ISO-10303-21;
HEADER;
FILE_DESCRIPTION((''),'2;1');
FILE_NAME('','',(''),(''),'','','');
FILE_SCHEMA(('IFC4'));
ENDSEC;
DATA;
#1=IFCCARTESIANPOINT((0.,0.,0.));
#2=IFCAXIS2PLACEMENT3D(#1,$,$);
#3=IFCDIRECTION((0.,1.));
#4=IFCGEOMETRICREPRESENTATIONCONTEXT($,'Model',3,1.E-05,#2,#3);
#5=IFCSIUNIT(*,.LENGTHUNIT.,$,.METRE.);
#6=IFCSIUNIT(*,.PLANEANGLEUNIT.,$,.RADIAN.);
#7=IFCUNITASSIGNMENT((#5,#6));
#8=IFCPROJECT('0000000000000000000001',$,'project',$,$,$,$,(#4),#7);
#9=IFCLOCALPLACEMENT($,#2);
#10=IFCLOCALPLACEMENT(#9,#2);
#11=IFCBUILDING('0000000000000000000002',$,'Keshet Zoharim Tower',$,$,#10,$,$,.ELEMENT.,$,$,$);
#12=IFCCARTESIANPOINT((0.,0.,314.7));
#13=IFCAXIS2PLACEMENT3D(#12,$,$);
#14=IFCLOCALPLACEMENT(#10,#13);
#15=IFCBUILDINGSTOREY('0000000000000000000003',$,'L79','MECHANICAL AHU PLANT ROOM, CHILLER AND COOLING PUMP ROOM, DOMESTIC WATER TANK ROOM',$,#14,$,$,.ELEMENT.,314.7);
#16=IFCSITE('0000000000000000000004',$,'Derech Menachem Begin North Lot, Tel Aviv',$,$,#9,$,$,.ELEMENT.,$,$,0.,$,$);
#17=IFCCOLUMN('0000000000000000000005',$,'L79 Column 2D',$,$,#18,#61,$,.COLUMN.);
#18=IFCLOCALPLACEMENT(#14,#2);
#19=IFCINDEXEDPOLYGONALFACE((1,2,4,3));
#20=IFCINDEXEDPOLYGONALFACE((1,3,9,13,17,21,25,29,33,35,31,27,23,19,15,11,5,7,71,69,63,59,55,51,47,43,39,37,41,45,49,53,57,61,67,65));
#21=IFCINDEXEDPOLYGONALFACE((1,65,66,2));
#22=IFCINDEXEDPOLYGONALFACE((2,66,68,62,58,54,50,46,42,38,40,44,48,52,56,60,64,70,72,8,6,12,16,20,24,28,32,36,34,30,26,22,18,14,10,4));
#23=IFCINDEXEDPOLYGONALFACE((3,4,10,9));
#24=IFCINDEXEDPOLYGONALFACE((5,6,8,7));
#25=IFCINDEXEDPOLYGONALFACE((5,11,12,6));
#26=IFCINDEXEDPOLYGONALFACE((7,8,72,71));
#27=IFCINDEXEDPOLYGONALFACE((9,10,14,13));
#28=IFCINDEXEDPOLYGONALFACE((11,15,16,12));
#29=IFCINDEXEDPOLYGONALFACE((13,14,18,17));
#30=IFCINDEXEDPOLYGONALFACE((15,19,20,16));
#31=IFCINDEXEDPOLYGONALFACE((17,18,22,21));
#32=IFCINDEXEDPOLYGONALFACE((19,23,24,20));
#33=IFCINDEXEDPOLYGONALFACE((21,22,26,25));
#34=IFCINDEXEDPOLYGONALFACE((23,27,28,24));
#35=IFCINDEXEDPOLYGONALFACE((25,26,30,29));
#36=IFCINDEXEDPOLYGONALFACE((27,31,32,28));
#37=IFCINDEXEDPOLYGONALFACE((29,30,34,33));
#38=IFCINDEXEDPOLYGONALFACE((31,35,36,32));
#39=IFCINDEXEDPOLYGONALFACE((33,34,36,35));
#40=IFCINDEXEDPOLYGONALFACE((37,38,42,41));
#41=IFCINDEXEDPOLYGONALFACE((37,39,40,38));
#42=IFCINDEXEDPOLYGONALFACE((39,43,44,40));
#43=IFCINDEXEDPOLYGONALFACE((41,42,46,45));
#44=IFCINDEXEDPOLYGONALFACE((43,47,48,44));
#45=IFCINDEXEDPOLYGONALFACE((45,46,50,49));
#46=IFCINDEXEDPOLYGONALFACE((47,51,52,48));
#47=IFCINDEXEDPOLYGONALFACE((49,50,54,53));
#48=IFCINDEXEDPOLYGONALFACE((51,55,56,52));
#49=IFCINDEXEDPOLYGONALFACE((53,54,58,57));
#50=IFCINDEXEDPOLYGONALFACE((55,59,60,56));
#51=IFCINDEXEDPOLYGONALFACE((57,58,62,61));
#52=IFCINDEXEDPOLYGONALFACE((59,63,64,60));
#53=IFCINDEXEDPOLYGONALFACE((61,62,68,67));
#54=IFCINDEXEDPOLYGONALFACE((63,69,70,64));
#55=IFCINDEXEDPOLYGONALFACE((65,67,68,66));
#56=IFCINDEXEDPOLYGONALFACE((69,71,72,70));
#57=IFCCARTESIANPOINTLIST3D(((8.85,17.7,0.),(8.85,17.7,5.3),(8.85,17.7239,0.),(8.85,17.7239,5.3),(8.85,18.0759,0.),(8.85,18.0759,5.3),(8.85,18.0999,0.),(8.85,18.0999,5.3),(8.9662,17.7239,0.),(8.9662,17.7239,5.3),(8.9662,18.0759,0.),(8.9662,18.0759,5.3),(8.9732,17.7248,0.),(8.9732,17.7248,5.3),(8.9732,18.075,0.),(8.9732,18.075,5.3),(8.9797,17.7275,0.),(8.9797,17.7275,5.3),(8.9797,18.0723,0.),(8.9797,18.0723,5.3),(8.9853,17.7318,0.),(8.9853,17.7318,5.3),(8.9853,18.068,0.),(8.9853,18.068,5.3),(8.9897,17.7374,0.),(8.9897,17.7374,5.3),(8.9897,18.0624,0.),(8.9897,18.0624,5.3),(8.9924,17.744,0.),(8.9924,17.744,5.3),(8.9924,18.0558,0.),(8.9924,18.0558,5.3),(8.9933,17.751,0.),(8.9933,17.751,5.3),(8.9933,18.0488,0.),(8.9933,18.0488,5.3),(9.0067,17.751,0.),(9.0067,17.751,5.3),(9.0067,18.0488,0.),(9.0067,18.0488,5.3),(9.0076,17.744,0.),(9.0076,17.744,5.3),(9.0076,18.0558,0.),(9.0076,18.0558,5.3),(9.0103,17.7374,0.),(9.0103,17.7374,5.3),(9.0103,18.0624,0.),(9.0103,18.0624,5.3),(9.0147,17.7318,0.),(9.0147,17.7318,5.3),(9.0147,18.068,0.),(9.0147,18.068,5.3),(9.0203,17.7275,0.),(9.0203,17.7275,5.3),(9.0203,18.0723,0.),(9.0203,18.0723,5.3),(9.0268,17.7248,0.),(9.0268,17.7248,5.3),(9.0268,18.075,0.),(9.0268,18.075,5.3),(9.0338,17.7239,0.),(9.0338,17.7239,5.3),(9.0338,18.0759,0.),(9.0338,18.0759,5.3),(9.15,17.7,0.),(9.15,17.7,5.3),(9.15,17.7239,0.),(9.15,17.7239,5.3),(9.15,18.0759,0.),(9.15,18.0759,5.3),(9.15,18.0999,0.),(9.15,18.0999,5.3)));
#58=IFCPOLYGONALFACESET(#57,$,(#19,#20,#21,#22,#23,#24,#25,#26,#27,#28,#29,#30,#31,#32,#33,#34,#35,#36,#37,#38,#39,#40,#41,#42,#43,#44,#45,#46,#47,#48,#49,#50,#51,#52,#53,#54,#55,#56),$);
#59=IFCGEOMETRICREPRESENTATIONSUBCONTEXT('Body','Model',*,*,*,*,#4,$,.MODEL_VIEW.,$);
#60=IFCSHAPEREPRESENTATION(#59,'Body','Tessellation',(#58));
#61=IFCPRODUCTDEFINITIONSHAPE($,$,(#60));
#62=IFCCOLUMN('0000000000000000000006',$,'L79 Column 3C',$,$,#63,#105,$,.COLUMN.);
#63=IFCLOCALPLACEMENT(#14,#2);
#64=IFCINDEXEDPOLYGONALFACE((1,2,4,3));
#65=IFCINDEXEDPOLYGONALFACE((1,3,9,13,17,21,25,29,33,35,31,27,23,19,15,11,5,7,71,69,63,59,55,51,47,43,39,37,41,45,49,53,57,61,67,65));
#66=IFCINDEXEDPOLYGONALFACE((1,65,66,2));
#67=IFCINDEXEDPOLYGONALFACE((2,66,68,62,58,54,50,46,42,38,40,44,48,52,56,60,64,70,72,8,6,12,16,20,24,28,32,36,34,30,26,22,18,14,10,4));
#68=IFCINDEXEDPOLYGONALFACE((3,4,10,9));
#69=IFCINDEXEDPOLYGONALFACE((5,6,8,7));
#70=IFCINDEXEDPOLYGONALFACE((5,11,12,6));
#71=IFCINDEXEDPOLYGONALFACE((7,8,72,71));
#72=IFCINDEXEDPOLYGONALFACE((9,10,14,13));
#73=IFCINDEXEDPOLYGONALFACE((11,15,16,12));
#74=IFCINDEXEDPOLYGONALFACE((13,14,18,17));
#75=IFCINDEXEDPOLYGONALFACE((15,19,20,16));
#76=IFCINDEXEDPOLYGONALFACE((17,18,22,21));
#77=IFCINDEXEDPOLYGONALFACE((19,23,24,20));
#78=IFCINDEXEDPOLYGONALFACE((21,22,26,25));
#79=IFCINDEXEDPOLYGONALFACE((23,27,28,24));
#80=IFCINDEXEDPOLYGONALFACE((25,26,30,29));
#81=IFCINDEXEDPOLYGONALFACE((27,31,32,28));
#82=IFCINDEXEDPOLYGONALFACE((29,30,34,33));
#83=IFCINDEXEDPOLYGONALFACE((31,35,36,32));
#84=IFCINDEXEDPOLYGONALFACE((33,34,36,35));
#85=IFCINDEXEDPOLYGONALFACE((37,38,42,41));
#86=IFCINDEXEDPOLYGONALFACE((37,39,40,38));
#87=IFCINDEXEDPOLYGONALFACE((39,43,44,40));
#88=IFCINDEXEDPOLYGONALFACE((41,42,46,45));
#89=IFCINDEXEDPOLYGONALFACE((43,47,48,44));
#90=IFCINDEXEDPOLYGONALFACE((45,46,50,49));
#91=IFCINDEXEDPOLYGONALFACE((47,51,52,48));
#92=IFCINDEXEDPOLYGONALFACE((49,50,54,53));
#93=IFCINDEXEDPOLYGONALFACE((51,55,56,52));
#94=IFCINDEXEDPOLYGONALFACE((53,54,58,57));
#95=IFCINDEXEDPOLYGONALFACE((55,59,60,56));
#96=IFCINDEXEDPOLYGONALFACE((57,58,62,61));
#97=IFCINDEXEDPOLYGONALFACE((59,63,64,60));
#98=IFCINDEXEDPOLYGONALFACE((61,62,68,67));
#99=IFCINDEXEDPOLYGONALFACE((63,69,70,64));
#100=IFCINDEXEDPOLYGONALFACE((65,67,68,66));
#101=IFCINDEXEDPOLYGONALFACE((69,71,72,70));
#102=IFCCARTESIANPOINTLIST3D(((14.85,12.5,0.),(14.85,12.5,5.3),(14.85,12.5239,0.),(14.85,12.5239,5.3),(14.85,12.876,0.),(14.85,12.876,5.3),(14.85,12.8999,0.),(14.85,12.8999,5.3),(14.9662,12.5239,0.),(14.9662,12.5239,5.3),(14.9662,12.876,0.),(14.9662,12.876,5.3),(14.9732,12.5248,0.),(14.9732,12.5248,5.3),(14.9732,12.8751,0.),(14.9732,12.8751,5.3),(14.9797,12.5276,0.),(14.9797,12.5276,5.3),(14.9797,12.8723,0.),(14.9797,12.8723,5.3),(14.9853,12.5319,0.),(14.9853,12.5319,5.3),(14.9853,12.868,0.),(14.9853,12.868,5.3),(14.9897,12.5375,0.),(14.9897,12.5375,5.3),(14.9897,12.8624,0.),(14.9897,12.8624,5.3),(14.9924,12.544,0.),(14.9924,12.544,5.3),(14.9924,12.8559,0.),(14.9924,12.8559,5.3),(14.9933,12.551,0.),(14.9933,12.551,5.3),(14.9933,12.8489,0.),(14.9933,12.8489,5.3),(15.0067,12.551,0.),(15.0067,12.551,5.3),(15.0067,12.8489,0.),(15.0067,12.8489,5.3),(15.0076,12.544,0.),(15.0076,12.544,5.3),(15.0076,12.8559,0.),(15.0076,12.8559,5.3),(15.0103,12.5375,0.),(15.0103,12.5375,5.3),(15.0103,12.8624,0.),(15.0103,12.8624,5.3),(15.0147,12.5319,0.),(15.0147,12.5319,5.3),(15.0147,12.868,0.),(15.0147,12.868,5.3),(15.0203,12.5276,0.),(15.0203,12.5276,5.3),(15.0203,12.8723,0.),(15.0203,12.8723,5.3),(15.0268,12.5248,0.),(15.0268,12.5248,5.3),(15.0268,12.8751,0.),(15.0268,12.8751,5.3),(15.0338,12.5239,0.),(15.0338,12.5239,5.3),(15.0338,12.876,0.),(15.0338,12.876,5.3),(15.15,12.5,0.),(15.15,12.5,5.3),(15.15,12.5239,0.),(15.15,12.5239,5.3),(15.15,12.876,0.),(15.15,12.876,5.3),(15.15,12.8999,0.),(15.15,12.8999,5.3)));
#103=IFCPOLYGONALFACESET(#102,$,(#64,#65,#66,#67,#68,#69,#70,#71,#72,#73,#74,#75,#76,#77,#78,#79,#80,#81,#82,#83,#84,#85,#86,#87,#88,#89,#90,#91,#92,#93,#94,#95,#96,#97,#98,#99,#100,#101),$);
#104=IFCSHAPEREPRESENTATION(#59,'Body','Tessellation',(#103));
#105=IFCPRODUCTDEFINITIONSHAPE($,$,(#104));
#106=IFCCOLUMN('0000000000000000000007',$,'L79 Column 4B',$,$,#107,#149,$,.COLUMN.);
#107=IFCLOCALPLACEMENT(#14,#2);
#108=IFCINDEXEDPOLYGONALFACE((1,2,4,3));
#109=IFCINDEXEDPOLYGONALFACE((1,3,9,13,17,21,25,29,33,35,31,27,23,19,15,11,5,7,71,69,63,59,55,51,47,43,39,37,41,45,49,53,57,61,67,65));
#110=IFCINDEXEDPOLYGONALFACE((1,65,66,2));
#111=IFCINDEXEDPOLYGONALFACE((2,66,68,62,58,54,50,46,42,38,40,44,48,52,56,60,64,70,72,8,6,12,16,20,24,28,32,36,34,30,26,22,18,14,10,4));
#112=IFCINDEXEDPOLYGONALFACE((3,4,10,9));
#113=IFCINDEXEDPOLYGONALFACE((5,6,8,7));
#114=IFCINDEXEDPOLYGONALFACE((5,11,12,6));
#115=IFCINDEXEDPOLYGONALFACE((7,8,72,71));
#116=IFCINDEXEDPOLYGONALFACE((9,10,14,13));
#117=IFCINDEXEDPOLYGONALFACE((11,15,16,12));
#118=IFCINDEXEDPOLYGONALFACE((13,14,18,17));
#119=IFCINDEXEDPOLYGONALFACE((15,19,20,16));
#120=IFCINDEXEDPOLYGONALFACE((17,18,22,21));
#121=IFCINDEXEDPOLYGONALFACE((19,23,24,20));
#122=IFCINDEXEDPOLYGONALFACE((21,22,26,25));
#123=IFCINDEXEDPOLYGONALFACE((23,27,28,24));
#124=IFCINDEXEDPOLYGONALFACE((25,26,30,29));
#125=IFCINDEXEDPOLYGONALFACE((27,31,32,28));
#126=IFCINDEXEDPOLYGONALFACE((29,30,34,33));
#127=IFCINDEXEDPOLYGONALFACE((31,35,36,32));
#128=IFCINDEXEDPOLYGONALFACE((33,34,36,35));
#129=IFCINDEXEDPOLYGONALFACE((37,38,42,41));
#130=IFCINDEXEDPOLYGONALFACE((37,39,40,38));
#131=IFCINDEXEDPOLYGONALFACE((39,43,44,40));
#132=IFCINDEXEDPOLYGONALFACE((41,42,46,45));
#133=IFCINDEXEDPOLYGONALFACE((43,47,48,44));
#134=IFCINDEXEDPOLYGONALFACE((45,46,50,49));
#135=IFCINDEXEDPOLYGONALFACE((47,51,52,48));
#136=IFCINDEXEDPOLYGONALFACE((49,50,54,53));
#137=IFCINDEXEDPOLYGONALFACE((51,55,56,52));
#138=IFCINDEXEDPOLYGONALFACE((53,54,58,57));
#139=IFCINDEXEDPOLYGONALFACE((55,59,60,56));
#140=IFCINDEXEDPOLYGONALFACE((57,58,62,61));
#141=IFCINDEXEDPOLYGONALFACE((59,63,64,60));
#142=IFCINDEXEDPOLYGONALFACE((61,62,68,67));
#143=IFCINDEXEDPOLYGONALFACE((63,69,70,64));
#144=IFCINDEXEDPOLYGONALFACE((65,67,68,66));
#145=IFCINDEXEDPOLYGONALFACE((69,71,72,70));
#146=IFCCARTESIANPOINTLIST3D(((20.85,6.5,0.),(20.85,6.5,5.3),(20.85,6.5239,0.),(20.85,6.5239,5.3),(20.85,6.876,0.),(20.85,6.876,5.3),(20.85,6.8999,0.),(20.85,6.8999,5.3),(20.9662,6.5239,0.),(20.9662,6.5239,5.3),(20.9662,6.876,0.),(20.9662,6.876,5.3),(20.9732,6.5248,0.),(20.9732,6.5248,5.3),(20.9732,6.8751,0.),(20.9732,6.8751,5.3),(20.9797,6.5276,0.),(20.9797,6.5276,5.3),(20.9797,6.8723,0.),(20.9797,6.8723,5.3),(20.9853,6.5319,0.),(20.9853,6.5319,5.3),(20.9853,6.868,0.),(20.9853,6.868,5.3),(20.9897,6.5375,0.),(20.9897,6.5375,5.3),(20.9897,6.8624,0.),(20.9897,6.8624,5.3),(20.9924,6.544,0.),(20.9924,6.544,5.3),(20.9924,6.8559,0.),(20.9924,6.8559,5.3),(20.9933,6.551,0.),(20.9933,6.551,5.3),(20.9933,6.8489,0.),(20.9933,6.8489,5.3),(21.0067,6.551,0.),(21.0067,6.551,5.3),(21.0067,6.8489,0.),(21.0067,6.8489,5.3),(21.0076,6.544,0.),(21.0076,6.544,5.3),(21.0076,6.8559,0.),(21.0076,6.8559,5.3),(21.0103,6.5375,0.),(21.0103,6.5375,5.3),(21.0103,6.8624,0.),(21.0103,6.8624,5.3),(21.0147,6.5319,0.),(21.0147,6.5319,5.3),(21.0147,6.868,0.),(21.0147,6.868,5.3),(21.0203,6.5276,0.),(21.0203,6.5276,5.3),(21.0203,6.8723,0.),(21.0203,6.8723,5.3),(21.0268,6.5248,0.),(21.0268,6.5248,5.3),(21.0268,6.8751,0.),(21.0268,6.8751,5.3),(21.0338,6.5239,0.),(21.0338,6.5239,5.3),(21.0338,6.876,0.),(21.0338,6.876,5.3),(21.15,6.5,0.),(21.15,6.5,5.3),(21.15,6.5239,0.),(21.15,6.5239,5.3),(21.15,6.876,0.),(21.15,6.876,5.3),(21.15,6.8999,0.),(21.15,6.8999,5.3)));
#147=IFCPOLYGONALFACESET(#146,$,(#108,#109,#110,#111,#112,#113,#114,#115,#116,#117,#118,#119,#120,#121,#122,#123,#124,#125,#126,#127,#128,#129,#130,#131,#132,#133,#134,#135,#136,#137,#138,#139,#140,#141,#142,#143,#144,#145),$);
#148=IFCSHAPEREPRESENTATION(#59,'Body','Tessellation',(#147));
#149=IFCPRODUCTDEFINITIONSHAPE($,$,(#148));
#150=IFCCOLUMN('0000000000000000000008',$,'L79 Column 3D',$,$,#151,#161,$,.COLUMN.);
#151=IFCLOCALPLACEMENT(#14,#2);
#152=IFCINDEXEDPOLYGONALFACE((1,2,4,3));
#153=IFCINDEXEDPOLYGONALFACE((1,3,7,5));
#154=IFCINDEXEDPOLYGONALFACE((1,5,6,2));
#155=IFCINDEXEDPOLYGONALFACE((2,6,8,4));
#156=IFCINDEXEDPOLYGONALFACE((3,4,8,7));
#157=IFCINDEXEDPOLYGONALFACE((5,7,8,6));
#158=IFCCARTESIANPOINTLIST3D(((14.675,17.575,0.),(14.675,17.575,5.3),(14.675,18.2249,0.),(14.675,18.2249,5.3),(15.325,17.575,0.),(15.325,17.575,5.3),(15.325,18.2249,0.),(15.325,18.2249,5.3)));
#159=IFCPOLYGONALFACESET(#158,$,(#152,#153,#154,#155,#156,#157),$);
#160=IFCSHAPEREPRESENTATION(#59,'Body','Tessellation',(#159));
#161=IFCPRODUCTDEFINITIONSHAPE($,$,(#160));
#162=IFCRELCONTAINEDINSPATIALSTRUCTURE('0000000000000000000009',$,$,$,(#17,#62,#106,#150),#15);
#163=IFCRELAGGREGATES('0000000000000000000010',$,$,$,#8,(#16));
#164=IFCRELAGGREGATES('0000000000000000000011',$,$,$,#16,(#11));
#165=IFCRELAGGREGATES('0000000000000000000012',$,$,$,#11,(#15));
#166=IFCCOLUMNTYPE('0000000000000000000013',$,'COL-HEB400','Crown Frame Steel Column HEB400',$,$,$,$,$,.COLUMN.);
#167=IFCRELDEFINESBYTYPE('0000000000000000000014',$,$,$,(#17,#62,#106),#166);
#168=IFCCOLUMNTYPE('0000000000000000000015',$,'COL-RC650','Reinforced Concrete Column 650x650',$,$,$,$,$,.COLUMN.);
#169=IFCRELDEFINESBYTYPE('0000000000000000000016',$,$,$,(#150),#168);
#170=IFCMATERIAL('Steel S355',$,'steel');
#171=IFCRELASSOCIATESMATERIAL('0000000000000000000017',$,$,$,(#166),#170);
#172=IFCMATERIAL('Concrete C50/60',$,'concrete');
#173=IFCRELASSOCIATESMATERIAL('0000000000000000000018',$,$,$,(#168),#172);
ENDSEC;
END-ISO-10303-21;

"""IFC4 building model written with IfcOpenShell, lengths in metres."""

from ifc_helpers import new_model, si_unit, direction, frame, origin, origin_2d, place, context, subcontext, project, spatial, rectangle, i_section, extrude, material, material_profile, profile_set, type_object, element, save


model = new_model("IFC4")

# Units and contexts
model_context = context("Model", 3, precision=1e-05, world=origin(), true_north=direction((0.0, 1.0)))
body_context = subcontext(model_context, "Body", "Model", "MODEL_VIEW")
ifc_project = project(units=[si_unit("LENGTHUNIT", "METRE"), si_unit("PLANEANGLEUNIT", "RADIAN")], contexts=[model_context])

# Site, building, storey
site_placement = place(None, origin())
site = spatial("IfcSite", under=ifc_project, at=site_placement, Name="Derech Menachem Begin North Lot, Tel Aviv", CompositionType="ELEMENT", RefElevation=0.0)
building_placement = place(site_placement, origin())
building = spatial("IfcBuilding", under=site, at=building_placement, Name="Keshet Zoharim Tower", CompositionType="ELEMENT")
storey_placement = place(building_placement, frame((0.0, 0.0, 314.7)))
storey = spatial("IfcBuildingStorey", under=building, at=storey_placement, Name="L79", Description="MECHANICAL AHU PLANT ROOM, CHILLER AND COOLING PUMP ROOM, DOMESTIC WATER TANK ROOM", CompositionType="ELEMENT", Elevation=314.7)

# Columns
ifc_material_1 = material(Name="Steel S355", Category="steel")
ifc_material_profile_1 = material_profile(ifc_material_1, i_section(OverallWidth=0.3, OverallDepth=0.3999, WebThickness=0.0134, FlangeThickness=0.0239, FilletRadius=0.0271, at=origin_2d()), Name="HEB400")
ifc_profile_set_1 = profile_set([ifc_material_profile_1], Name="Steel S355")
column_type_1 = type_object("IfcColumnType", Name="COL-HEB400", Description="Crown Frame Steel Column HEB400", PredefinedType="COLUMN", material=ifc_profile_set_1)
for number, where, z_axis, x_axis, name in (
    (1, (9.0, 17.8999, 0.0), (0.0, 0.0, 1.0), (1.0, 0.0, 0.0), "L79 Column 2D"),
    (2, (15.0, 12.7, 0.0), (0.0, 0.0, 1.0), (1.0, 0.0, 0.0), "L79 Column 3C"),
    (3, (21.0, 6.7, 0.0), (0.0, 0.0, 1.0), (1.0, 0.0, 0.0), "L79 Column 4B"),
):
    element("IfcColumn", number, at=place(storey_placement, frame(where, z_axis=z_axis, x_axis=x_axis)), inside=storey, type_object=column_type_1, Name=name, PredefinedType="COLUMN", context=body_context, shape_type="SweptSolid", body=[
        extrude(i_section(OverallWidth=0.3, OverallDepth=0.3999, WebThickness=0.0134, FlangeThickness=0.0239, FilletRadius=0.0271, at=origin_2d()), origin(), (0.0, 0.0, 1.0), 5.3),
    ])
ifc_material_2 = material(Name="Concrete C50/60", Category="concrete")
ifc_material_profile_2 = material_profile(ifc_material_2, rectangle(XDim=0.6499, YDim=0.6499, at=origin_2d()), Name="RC650x650")
ifc_profile_set_2 = profile_set([ifc_material_profile_2], Name="Concrete C50/60")
column_type_2 = type_object("IfcColumnType", Name="COL-RC650", Description="Reinforced Concrete Column 650x650", PredefinedType="COLUMN", material=ifc_profile_set_2)
column_placement = place(storey_placement, frame((15.0, 17.8999, 0.0), z_axis=(0.0, 0.0, 1.0), x_axis=(1.0, 0.0, 0.0)))
element("IfcColumn", 4, at=column_placement, inside=storey, type_object=column_type_2, Name="L79 Column 3D", PredefinedType="COLUMN", context=body_context, shape_type="SweptSolid", body=[
    extrude(rectangle(XDim=0.6499, YDim=0.6499, at=origin_2d()), origin(), (0.0, 0.0, 1.0), 5.3),
])

save(model, "model.ifc")
